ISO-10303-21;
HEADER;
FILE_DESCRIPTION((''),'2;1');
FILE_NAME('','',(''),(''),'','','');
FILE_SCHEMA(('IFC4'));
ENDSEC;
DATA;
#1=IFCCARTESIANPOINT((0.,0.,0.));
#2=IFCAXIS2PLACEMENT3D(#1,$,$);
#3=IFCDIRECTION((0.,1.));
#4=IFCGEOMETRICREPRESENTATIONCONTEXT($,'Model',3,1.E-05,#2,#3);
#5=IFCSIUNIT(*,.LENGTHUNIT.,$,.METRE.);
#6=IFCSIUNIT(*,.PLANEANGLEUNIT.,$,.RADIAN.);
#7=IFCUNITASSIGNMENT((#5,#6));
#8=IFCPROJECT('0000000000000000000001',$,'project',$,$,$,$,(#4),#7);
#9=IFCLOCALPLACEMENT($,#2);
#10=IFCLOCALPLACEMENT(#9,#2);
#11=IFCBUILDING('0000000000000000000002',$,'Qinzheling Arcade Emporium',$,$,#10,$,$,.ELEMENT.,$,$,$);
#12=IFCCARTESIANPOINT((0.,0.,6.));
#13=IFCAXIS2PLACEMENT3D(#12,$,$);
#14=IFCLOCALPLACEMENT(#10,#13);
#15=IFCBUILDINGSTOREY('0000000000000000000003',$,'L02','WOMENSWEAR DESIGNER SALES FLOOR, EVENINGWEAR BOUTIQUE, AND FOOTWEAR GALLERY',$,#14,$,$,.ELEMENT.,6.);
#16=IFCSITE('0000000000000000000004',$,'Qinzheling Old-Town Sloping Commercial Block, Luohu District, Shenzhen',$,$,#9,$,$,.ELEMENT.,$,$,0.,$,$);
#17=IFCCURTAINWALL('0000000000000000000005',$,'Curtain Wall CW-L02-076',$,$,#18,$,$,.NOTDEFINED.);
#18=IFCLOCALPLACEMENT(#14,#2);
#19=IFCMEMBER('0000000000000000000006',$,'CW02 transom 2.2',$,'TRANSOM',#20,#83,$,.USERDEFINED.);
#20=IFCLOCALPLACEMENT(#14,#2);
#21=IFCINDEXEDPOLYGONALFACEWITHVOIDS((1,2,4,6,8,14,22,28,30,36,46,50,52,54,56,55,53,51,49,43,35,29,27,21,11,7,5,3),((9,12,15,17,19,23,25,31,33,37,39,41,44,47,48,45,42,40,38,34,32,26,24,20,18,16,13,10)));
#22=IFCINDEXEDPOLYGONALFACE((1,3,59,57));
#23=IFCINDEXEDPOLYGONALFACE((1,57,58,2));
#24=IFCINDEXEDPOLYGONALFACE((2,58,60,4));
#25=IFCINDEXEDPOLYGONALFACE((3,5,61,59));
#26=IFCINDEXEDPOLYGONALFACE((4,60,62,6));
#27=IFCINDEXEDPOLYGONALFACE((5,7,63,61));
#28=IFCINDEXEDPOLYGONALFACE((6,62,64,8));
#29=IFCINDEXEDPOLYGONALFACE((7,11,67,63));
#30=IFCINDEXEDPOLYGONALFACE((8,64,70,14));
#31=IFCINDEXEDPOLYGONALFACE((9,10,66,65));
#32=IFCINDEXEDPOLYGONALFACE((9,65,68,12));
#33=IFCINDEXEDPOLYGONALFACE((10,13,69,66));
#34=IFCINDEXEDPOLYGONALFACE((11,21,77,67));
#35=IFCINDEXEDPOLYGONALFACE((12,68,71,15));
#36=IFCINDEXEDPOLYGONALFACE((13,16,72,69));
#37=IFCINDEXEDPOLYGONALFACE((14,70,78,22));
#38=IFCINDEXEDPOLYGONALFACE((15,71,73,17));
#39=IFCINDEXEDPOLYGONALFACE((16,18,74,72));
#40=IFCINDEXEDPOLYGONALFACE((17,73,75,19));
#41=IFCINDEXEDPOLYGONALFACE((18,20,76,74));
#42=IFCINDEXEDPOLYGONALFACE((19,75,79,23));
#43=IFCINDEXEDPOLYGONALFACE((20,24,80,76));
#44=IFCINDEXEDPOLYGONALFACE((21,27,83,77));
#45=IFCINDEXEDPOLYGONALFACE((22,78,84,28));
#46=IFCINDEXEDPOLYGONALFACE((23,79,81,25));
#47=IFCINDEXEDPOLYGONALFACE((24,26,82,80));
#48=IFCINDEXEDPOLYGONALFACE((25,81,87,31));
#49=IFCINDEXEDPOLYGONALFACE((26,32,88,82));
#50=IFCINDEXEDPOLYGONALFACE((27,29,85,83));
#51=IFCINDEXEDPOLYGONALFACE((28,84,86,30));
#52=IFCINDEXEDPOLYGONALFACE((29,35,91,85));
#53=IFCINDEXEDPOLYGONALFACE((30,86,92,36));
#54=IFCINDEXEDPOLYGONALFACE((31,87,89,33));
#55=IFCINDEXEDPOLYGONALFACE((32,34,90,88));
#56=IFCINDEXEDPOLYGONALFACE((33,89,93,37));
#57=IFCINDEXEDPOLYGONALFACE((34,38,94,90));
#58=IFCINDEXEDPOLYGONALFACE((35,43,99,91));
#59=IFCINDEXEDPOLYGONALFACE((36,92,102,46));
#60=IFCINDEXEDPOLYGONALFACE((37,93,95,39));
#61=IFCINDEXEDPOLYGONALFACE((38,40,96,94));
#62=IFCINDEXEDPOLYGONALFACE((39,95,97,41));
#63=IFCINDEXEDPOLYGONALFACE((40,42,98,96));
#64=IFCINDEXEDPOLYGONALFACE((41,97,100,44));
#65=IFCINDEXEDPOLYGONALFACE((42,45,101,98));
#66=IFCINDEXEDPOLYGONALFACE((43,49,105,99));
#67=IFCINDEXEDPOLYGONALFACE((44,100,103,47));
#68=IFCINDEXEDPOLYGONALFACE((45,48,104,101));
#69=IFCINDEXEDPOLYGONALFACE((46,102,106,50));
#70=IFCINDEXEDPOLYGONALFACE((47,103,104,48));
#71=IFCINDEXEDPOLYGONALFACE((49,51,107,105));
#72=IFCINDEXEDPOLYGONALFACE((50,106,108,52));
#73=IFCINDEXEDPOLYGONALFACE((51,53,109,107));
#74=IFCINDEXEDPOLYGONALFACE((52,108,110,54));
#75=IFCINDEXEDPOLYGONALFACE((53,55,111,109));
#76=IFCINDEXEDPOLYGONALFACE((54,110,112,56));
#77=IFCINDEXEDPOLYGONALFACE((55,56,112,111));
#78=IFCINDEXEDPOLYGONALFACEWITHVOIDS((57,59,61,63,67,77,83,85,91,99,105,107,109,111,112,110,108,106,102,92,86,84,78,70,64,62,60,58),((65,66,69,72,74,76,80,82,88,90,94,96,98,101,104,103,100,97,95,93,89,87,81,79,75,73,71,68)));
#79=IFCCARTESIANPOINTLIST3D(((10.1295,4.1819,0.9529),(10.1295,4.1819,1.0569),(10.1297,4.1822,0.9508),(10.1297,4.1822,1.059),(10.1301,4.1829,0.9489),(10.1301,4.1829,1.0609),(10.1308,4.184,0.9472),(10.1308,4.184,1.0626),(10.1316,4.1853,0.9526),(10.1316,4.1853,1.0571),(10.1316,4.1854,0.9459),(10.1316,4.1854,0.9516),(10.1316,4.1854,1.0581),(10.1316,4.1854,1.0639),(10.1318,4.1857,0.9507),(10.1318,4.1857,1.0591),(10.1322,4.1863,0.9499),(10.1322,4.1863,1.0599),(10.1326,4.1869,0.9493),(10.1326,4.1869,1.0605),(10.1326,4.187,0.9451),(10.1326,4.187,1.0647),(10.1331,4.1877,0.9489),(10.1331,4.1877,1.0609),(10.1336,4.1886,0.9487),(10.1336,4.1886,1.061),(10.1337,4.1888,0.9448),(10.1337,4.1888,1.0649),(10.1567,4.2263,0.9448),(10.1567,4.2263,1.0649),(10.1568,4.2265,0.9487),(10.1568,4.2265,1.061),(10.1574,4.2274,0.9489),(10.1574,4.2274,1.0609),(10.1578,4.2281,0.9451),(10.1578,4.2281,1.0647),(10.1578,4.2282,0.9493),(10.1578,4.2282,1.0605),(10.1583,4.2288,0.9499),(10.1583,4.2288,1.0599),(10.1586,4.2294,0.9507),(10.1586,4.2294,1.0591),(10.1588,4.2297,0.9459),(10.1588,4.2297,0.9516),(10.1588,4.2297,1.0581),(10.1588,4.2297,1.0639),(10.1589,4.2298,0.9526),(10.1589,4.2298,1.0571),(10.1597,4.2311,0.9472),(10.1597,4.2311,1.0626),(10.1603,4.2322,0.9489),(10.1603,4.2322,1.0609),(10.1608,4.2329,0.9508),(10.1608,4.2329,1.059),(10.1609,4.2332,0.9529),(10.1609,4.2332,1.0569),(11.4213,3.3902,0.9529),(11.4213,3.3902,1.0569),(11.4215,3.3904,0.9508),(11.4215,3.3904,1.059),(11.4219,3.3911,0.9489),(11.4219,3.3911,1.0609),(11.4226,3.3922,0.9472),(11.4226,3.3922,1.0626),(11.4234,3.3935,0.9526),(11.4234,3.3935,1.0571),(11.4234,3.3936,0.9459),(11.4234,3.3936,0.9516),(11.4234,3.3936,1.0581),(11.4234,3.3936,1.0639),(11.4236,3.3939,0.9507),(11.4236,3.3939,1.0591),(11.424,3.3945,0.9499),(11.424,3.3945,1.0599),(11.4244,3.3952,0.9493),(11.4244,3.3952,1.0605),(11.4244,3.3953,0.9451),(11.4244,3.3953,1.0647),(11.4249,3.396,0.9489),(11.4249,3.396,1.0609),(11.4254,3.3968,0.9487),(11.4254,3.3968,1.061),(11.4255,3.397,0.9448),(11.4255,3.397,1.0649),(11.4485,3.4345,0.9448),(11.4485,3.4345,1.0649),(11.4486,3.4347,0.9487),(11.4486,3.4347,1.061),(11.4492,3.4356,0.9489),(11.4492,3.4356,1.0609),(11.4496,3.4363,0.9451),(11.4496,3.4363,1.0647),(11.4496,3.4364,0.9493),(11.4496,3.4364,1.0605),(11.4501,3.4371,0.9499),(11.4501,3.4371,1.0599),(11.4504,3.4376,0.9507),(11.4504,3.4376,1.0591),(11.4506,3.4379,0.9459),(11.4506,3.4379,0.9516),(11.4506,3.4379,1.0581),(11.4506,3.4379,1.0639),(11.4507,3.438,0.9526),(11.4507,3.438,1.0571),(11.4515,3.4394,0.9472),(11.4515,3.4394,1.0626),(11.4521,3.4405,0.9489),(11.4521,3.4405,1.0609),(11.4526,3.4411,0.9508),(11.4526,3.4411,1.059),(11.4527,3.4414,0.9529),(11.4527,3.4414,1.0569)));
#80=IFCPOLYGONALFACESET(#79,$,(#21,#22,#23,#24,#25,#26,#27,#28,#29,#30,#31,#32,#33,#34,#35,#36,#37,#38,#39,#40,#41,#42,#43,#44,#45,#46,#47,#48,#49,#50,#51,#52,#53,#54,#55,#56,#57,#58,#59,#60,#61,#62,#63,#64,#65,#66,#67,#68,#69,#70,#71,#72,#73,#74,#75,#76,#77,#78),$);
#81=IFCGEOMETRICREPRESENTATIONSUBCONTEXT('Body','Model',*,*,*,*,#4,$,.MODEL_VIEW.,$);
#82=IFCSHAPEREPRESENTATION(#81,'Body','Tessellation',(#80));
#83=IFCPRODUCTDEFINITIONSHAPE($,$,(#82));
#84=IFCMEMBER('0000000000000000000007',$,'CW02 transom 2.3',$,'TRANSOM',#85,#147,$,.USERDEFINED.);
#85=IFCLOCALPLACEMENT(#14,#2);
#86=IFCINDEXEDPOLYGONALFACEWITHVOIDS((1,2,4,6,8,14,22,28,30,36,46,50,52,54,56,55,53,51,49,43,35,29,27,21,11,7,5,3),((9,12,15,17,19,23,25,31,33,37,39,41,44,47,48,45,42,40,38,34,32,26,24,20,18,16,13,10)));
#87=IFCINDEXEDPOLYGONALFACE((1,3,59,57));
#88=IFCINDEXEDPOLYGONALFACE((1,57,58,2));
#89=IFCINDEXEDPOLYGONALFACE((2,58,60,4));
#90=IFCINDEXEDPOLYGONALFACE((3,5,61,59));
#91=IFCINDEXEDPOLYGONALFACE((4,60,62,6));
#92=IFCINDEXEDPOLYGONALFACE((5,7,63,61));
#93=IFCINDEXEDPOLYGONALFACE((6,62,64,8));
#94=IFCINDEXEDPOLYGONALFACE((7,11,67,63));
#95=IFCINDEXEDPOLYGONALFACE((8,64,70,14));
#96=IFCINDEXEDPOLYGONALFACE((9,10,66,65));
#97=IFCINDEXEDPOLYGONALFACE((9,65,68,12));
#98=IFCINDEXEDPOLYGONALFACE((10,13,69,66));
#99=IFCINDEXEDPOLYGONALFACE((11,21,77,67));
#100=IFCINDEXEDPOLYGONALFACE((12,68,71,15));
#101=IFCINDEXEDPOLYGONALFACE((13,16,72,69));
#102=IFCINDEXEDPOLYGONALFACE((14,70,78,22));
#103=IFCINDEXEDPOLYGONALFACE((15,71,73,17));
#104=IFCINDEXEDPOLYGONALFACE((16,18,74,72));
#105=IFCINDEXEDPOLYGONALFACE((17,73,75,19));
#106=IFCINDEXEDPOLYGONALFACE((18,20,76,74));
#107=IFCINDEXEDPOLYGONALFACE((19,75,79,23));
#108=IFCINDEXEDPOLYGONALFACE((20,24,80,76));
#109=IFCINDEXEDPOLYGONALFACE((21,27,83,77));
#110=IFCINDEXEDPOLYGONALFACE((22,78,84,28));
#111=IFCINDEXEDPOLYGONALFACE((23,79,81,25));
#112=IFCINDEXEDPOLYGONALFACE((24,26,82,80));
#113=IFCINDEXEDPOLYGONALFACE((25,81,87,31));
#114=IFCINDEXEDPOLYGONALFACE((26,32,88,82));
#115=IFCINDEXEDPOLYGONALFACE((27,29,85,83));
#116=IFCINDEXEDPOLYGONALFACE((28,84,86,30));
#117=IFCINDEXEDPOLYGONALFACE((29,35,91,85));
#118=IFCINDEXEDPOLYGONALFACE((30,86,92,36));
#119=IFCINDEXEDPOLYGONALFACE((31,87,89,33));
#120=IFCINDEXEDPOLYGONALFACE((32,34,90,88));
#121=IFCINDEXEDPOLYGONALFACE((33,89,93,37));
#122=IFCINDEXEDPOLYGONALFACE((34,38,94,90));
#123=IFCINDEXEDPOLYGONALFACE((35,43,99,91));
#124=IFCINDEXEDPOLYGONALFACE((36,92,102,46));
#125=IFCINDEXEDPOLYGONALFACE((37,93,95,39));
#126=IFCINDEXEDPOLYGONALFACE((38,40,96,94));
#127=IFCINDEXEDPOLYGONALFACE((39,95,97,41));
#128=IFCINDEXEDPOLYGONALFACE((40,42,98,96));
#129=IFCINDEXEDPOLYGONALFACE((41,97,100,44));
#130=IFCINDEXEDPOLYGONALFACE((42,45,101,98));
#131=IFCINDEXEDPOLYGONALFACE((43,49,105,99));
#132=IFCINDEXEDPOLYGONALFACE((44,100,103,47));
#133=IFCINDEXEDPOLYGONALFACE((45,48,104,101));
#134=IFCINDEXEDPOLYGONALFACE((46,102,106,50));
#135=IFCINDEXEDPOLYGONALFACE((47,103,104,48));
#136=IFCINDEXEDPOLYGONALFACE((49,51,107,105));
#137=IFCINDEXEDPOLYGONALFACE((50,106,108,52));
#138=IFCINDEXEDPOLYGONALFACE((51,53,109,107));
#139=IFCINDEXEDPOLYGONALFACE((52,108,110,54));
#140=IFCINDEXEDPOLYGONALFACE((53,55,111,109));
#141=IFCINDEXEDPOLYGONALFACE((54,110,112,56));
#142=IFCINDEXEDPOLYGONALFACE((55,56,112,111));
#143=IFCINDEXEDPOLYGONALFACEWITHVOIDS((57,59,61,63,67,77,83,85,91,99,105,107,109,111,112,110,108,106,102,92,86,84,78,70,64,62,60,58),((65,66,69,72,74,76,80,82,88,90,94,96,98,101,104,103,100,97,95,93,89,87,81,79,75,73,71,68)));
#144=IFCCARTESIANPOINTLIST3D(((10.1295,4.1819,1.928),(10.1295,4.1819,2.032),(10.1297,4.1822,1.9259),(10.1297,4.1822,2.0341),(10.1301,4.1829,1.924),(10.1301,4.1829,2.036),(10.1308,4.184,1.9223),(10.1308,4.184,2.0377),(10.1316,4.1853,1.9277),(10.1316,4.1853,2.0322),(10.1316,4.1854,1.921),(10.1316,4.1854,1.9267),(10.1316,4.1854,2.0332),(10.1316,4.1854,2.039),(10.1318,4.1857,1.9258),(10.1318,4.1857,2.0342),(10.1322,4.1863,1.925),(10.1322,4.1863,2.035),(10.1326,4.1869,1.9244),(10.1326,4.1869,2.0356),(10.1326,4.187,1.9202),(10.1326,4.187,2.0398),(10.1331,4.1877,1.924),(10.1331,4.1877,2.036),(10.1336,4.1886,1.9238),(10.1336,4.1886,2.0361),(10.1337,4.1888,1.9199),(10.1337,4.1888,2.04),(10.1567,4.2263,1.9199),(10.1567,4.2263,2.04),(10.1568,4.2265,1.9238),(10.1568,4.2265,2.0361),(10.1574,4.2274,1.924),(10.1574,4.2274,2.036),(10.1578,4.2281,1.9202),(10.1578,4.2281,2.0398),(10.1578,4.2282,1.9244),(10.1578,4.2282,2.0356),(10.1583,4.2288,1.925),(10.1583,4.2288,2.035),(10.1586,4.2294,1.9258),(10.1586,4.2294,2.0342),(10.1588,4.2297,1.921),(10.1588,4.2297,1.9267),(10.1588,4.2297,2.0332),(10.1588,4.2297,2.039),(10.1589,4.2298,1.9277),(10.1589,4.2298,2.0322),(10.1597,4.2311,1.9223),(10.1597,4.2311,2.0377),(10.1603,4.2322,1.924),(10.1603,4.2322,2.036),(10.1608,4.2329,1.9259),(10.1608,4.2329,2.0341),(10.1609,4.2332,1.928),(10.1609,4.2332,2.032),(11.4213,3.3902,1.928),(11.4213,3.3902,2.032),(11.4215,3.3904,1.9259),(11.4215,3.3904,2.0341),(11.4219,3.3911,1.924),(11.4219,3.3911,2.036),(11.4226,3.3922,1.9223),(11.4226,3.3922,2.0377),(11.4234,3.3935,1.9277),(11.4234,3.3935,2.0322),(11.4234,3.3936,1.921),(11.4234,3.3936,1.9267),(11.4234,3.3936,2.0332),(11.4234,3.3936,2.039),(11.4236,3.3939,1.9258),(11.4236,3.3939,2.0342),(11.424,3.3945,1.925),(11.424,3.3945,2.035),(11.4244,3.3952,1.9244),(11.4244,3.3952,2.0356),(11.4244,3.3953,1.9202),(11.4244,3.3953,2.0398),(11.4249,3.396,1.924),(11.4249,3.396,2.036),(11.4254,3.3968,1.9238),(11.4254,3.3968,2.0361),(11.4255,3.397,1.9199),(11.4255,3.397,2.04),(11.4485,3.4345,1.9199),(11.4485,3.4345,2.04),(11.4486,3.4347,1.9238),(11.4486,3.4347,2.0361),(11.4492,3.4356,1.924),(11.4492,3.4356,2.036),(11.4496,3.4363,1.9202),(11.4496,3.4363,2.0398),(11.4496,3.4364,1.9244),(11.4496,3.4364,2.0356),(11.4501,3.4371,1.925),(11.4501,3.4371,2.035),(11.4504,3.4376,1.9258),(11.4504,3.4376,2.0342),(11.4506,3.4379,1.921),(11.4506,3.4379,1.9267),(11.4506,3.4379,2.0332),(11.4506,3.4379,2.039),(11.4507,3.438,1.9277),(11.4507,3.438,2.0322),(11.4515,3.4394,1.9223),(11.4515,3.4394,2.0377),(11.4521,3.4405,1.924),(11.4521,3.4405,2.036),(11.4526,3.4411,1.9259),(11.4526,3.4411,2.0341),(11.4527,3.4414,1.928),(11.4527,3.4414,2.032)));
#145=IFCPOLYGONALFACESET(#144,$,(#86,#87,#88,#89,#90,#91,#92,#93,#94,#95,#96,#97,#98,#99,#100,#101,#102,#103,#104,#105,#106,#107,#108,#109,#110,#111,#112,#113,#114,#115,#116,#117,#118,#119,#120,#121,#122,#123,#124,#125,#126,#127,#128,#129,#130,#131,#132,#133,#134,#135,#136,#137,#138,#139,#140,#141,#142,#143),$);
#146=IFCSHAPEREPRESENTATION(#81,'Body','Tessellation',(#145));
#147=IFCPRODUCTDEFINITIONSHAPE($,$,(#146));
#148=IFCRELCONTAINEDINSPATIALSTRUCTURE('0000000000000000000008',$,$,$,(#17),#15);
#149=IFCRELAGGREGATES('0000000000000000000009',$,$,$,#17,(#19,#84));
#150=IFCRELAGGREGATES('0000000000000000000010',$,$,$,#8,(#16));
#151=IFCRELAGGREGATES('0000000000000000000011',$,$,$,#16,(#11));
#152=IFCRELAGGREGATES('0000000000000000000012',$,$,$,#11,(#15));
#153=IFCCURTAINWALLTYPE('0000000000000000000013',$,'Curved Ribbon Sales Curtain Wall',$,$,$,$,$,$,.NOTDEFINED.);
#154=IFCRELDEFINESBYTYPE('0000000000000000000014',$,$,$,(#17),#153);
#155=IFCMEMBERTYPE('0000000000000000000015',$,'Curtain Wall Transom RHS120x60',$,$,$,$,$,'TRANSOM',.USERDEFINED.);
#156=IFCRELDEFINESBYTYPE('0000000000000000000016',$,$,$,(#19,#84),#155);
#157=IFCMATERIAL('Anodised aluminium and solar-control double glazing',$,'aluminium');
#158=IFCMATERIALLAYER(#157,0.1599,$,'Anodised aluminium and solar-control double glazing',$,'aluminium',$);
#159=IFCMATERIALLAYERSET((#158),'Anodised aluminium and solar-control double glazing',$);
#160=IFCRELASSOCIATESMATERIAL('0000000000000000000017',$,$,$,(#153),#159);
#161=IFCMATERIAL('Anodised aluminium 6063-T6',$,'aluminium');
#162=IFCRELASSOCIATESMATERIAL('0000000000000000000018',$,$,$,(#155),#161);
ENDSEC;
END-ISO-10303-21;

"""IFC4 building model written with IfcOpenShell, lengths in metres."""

from ifc_helpers import new_model, si_unit, direction, frame, origin, origin_2d, place, context, subcontext, project, spatial, hollow_rectangle, extrude, material, layer, layer_set, material_profile, profile_set, type_object, element, aggregate, save


model = new_model("IFC4")

# Units and contexts
model_context = context("Model", 3, precision=1e-05, world=origin(), true_north=direction((0.0, 1.0)))
body_context = subcontext(model_context, "Body", "Model", "MODEL_VIEW")
ifc_project = project(units=[si_unit("LENGTHUNIT", "METRE"), si_unit("PLANEANGLEUNIT", "RADIAN")], contexts=[model_context])

# Site, building, storey
site_placement = place(None, origin())
site = spatial("IfcSite", under=ifc_project, at=site_placement, Name="Qinzheling Old-Town Sloping Commercial Block, Luohu District, Shenzhen", CompositionType="ELEMENT", RefElevation=0.0)
building_placement = place(site_placement, origin())
building = spatial("IfcBuilding", under=site, at=building_placement, Name="Qinzheling Arcade Emporium", CompositionType="ELEMENT")
storey_placement = place(building_placement, frame((0.0, 0.0, 6.0)))
storey = spatial("IfcBuildingStorey", under=building, at=storey_placement, Name="L02", Description="WOMENSWEAR DESIGNER SALES FLOOR, EVENINGWEAR BOUTIQUE, AND FOOTWEAR GALLERY", CompositionType="ELEMENT", Elevation=6.0)

# Curtain wall
ifc_material_1 = material(Name="Anodised aluminium and solar-control double glazing", Category="aluminium")
ifc_layer_1 = layer(ifc_material_1, 0.1599, Name="Anodised aluminium and solar-control double glazing", Category="aluminium")
ifc_layer_set_1 = layer_set([ifc_layer_1], Name="Anodised aluminium and solar-control double glazing")
curtain_wall_type = type_object("IfcCurtainWallType", Name="Curved Ribbon Sales Curtain Wall", PredefinedType="NOTDEFINED", material=ifc_layer_set_1)
curtain_wall_1_placement = place(storey_placement, origin())
curtain_wall_1 = element("IfcCurtainWall", 1, at=curtain_wall_1_placement, inside=storey, type_object=curtain_wall_type, Name="Curtain Wall CW-L02-076", PredefinedType="NOTDEFINED")
ifc_material_2 = material(Name="Anodised aluminium 6063-T6", Category="aluminium")

# Members
ifc_material_profile_1 = material_profile(ifc_material_2, hollow_rectangle(XDim=0.0601, YDim=0.1201, WallThickness=0.0039, InnerFilletRadius=0.0039, OuterFilletRadius=0.0081, at=origin_2d()), Name="RHS 120x60x4", Category="aluminium")
ifc_profile_set_1 = profile_set([ifc_material_profile_1], Name="Anodised aluminium 6063-T6")
member_type_1 = type_object("IfcMemberType", Name="Curtain Wall Transom RHS120x60", ElementType="TRANSOM", PredefinedType="USERDEFINED", material=ifc_profile_set_1)
member_1_placement = place(storey_placement, frame((11.437, 3.4158, 1.0049), z_axis=(-0.852592, 0.522577, 0.0), x_axis=(-0.522577, -0.852592, 0.0)))
member_1 = element("IfcMember", 2, at=member_1_placement, type_object=member_type_1, Name="CW02 transom 2.2", ObjectType="TRANSOM", PredefinedType="USERDEFINED", context=body_context, shape_type="SweptSolid", body=[
    extrude(hollow_rectangle(XDim=0.0601, YDim=0.1201, WallThickness=0.0039, InnerFilletRadius=0.0039, OuterFilletRadius=0.0081, at=origin_2d()), origin(), (0.0, 0.0, 1.0), 1.5151),
])
member_2_placement = place(storey_placement, frame((11.437, 3.4158, 1.98), z_axis=(-0.852592, 0.522577, 0.0), x_axis=(-0.522577, -0.852592, 0.0)))
member_2 = element("IfcMember", 3, at=member_2_placement, type_object=member_type_1, Name="CW02 transom 2.3", ObjectType="TRANSOM", PredefinedType="USERDEFINED", context=body_context, shape_type="SweptSolid", body=[
    extrude(hollow_rectangle(XDim=0.0601, YDim=0.1201, WallThickness=0.0039, InnerFilletRadius=0.0039, OuterFilletRadius=0.0081, at=origin_2d()), origin(), (0.0, 0.0, 1.0), 1.5151),
])

aggregate(curtain_wall_1, [member_1, member_2])

save(model, "model.ifc")
